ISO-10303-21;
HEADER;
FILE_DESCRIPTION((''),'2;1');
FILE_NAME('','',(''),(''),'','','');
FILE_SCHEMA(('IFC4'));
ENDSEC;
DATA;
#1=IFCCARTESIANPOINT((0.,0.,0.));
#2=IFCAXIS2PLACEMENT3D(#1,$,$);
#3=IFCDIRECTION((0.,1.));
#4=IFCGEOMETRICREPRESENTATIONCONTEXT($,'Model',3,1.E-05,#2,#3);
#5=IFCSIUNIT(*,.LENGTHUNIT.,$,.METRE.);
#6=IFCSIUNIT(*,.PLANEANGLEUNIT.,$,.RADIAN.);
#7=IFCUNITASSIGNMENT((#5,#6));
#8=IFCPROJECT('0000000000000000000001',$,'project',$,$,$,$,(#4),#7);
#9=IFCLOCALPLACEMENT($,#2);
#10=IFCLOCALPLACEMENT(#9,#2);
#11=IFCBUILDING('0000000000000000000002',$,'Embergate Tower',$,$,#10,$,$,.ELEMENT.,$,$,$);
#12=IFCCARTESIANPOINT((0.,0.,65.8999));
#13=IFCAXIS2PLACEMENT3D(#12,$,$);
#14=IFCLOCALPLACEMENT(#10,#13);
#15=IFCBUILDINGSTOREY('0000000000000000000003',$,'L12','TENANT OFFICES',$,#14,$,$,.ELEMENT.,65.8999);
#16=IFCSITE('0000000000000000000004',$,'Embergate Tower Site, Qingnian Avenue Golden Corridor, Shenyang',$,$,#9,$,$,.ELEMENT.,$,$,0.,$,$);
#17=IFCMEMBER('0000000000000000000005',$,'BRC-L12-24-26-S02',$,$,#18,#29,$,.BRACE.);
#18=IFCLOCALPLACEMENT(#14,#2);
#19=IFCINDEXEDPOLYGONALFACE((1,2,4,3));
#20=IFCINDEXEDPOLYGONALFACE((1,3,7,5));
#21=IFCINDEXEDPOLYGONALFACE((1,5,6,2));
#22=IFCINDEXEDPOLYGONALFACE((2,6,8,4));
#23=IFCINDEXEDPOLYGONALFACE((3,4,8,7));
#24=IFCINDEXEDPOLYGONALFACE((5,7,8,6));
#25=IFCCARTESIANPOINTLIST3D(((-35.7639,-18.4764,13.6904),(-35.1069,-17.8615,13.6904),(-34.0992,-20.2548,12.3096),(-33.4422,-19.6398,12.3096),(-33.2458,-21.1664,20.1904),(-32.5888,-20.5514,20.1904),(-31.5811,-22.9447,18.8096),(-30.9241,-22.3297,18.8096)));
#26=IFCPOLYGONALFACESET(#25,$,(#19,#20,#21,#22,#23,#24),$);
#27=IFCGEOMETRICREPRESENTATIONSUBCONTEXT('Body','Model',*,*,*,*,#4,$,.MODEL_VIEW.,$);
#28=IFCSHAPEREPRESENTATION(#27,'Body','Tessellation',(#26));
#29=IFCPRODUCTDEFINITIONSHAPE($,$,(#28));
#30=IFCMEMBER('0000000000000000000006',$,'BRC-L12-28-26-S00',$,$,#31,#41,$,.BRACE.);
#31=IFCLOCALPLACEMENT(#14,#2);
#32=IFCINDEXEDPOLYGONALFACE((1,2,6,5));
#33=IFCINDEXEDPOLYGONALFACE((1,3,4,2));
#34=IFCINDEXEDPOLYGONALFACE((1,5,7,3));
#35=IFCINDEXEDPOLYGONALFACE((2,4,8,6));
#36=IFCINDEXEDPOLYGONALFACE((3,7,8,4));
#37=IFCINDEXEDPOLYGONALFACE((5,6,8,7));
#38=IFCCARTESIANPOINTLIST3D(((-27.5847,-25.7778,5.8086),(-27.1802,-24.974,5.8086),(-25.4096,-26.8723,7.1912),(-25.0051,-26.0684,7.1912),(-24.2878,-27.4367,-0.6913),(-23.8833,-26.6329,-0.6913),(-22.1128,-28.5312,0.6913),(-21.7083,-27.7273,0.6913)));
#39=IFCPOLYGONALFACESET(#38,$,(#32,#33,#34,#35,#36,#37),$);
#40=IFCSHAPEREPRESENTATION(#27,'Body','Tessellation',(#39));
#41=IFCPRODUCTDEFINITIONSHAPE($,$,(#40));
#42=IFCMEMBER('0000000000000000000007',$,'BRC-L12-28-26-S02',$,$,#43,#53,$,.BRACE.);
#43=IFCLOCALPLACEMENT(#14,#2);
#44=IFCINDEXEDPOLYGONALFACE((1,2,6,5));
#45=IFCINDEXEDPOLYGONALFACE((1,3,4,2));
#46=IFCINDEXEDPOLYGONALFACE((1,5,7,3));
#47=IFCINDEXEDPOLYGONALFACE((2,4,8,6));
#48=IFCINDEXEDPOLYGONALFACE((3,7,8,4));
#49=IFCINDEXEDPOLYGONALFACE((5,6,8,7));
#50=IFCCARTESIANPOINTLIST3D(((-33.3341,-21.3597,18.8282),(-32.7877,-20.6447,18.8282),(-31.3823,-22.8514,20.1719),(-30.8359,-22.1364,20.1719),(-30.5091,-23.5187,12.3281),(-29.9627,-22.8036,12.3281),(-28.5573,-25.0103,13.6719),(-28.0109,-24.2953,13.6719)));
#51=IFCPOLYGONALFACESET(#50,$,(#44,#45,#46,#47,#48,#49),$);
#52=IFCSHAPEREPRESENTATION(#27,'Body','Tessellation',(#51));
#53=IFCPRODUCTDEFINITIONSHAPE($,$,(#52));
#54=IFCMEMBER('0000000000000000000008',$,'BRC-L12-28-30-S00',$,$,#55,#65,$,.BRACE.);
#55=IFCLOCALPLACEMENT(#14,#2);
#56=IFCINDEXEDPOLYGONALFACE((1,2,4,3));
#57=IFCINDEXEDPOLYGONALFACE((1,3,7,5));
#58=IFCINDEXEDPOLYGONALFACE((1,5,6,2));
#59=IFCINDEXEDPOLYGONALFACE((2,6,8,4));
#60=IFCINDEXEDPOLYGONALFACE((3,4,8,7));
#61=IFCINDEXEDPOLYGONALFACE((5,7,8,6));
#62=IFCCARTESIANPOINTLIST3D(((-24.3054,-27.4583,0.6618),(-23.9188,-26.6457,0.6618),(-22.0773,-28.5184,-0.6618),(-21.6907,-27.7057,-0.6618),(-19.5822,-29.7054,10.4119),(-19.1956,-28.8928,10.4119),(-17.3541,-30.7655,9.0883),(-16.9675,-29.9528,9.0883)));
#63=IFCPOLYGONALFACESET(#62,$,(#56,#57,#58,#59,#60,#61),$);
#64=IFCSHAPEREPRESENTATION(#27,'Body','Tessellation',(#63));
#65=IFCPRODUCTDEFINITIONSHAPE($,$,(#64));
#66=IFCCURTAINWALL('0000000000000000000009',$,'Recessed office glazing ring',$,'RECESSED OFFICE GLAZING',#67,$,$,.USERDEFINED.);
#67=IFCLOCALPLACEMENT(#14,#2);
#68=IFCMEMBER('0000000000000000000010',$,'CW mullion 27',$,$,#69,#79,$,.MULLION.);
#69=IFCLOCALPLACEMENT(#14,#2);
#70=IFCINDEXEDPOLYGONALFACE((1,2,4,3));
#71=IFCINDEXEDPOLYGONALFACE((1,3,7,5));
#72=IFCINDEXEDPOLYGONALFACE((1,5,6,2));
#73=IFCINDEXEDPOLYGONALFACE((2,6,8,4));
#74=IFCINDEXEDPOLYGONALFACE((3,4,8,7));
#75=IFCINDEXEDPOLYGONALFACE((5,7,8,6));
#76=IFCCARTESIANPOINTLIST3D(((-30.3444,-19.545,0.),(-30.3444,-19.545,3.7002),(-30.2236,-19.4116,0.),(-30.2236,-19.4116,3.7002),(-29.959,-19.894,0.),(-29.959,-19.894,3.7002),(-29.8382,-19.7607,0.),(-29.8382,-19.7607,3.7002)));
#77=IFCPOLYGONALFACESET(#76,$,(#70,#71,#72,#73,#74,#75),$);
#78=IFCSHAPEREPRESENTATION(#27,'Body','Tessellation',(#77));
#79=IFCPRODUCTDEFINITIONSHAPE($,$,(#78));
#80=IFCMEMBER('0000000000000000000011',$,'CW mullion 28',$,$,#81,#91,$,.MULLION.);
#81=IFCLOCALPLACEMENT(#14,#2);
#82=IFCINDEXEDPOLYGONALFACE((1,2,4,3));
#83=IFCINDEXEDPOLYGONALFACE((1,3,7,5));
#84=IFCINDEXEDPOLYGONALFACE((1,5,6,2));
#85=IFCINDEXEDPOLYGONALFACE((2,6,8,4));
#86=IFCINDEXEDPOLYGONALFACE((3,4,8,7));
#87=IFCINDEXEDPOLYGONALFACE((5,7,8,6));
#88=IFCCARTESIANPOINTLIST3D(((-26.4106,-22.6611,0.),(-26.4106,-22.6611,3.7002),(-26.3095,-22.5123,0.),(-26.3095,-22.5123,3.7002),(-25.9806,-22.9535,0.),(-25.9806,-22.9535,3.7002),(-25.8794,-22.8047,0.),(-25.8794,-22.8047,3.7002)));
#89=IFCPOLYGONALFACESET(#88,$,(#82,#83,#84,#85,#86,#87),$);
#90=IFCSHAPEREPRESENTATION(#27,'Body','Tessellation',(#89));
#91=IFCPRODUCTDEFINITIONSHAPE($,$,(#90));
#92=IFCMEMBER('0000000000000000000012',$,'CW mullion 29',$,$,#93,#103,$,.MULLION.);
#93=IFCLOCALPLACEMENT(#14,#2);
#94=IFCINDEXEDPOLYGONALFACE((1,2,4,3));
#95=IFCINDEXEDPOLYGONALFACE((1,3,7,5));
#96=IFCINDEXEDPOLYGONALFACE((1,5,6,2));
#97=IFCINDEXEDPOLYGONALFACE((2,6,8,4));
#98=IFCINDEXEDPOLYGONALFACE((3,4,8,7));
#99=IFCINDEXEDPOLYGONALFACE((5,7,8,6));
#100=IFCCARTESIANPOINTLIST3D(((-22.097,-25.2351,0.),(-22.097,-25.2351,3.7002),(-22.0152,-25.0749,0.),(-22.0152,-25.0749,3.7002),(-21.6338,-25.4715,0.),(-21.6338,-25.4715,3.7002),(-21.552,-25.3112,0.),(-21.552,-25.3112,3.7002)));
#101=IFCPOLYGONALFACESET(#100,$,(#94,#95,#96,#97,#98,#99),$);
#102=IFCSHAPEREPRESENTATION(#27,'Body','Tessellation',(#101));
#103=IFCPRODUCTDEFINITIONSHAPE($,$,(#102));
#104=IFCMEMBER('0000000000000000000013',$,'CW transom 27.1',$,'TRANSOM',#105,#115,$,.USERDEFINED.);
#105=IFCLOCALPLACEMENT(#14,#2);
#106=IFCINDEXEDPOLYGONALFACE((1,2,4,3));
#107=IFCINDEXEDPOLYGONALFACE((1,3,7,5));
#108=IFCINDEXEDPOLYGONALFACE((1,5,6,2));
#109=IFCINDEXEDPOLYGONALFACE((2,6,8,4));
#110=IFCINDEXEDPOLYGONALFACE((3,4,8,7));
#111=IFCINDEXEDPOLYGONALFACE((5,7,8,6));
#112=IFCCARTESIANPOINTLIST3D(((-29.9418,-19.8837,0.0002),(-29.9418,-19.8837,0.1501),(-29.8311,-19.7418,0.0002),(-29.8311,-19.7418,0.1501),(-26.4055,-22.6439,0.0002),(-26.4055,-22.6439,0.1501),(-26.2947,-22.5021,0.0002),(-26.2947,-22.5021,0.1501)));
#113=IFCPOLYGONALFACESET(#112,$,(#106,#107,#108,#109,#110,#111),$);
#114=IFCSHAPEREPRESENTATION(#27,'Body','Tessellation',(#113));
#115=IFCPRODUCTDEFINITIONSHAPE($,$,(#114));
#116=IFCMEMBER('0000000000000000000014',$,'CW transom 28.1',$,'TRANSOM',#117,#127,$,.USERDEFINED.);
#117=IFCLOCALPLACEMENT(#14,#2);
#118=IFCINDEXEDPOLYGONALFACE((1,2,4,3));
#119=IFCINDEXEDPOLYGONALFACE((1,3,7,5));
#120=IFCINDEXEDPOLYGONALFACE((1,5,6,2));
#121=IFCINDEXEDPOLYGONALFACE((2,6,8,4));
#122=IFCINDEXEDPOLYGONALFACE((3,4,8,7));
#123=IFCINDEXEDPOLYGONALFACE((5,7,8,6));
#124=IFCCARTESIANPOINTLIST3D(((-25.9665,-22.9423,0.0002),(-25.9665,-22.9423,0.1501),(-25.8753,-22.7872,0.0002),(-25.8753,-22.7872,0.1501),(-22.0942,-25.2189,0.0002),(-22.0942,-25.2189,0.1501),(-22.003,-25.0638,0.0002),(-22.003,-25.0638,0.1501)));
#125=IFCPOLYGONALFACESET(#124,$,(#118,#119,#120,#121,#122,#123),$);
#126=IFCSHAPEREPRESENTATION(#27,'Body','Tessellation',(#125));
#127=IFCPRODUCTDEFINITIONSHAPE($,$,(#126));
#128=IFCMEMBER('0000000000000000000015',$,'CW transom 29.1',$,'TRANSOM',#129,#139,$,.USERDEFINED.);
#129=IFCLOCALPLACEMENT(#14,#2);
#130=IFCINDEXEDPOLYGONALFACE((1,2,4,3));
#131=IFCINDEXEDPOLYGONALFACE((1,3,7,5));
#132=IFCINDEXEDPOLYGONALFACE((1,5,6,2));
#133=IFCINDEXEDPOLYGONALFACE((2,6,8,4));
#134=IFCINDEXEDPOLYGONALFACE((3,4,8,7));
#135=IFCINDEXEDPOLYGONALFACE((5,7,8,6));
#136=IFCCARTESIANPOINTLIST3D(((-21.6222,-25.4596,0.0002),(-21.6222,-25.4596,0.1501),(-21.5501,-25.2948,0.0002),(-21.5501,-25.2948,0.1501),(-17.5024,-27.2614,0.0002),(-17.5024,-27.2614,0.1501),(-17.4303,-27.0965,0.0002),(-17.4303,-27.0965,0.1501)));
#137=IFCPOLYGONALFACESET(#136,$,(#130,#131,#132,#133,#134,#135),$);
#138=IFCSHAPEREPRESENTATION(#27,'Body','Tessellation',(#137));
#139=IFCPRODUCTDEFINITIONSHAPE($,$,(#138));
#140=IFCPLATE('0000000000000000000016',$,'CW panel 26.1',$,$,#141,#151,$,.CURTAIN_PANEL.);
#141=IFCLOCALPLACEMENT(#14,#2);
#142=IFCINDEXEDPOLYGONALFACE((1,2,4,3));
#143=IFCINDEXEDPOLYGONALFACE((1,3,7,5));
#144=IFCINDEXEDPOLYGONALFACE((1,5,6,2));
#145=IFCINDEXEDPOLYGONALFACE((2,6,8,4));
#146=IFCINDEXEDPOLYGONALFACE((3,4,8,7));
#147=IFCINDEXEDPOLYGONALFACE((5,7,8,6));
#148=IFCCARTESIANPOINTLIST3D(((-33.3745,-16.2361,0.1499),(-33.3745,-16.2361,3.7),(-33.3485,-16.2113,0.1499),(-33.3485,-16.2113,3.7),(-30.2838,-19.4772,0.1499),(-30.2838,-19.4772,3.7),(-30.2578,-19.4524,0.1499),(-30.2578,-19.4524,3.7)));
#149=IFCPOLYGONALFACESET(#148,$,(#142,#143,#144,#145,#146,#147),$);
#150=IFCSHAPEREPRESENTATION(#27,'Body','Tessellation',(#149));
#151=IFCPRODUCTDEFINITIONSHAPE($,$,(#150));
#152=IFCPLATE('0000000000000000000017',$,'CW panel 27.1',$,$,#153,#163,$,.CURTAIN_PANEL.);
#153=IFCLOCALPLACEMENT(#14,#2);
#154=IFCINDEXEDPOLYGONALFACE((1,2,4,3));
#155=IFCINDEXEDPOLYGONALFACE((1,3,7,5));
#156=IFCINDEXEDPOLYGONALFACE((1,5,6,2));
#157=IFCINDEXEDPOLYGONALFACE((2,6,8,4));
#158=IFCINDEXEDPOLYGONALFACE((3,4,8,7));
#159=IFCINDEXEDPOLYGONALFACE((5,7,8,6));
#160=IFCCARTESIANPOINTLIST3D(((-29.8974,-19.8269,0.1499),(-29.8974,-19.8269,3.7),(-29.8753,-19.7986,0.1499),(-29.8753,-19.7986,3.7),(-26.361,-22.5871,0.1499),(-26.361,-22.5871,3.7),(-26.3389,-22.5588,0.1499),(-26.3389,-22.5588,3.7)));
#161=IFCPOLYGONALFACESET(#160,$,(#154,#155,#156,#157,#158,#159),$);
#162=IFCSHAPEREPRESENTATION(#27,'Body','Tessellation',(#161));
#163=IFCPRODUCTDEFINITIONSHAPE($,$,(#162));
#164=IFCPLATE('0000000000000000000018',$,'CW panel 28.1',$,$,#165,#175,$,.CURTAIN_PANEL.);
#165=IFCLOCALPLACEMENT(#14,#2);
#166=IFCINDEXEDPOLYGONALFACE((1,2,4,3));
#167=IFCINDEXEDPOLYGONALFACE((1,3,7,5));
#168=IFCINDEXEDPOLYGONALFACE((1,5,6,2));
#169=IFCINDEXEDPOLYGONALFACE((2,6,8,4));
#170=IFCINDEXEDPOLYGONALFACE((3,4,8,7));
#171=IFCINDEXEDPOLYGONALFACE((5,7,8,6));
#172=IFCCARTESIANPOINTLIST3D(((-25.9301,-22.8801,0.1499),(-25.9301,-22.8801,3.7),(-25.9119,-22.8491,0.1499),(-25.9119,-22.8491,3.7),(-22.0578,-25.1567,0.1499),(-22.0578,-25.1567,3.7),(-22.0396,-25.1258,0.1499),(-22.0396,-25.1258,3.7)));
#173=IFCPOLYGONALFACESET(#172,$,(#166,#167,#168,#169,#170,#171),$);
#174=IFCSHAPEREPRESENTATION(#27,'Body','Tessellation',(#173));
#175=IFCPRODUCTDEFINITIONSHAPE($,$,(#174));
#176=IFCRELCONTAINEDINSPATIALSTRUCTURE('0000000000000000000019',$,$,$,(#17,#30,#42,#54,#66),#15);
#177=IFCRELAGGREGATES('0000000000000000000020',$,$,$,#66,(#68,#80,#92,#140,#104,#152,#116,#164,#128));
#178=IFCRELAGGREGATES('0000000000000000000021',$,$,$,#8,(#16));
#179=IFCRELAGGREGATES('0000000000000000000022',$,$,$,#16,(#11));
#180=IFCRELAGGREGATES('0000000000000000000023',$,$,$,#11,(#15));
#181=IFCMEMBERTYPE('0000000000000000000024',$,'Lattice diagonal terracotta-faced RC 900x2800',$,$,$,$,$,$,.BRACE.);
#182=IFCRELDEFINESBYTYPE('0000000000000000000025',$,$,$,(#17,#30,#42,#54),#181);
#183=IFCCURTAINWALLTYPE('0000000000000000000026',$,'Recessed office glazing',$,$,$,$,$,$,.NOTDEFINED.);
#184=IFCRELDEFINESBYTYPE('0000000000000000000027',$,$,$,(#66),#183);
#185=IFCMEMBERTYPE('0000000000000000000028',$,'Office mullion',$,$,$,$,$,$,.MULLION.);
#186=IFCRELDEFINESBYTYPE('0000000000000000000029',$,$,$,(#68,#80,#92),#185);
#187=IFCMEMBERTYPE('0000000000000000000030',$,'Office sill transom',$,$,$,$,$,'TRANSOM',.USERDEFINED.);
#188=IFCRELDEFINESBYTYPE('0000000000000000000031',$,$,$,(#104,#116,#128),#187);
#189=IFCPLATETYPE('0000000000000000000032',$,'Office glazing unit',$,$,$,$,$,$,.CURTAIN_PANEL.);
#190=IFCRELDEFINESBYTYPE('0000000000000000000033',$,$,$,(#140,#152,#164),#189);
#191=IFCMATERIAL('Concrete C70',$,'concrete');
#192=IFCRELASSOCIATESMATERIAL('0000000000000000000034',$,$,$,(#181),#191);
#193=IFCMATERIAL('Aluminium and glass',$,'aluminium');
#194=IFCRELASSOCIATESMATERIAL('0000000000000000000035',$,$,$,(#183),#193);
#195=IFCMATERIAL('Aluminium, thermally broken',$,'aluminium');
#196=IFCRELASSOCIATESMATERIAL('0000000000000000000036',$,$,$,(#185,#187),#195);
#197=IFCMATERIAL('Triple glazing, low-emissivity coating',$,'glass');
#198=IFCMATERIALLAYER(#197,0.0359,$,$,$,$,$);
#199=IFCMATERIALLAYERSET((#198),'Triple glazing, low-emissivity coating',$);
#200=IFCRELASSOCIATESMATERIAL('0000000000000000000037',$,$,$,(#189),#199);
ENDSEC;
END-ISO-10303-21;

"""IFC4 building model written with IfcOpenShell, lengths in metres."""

from ifc_helpers import new_model, si_unit, direction, frame, origin, origin_2d, place, context, subcontext, project, spatial, rectangle, extrude, source, transform, mapped, material, layer, layer_set, material_profile, profile_set, type_object, element, aggregate, save


model = new_model("IFC4")

# Units and contexts
model_context = context("Model", 3, precision=1e-05, world=origin(), true_north=direction((0.0, 1.0)))
body_context = subcontext(model_context, "Body", "Model", "MODEL_VIEW")
ifc_project = project(units=[si_unit("LENGTHUNIT", "METRE"), si_unit("PLANEANGLEUNIT", "RADIAN")], contexts=[model_context])

# Site, building, storey
site_placement = place(None, origin())
site = spatial("IfcSite", under=ifc_project, at=site_placement, Name="Embergate Tower Site, Qingnian Avenue Golden Corridor, Shenyang", CompositionType="ELEMENT", RefElevation=0.0)
building_placement = place(site_placement, origin())
building = spatial("IfcBuilding", under=site, at=building_placement, Name="Embergate Tower", CompositionType="ELEMENT")
storey_placement = place(building_placement, frame((0.0, 0.0, 65.8999)))
storey = spatial("IfcBuildingStorey", under=building, at=storey_placement, Name="L12", Description="TENANT OFFICES", CompositionType="ELEMENT", Elevation=65.8999)

# Shared definitions
ifc_material_1 = material(Name="Concrete C70", Category="concrete")

# Members
ifc_material_profile_1 = material_profile(ifc_material_1, rectangle(XDim=0.8999, YDim=2.8, at=origin_2d()), Name="RC 900x2800")
ifc_profile_set_1 = profile_set([ifc_material_profile_1], Name="Concrete C70")
member_type_1 = type_object("IfcMemberType", Name="Lattice diagonal terracotta-faced RC 900x2800", PredefinedType="BRACE", material=ifc_profile_set_1)
shared_shape_1 = source(origin(), body_context, "Body", "SweptSolid", [
    extrude(rectangle(XDim=0.8999, YDim=2.8, at=origin_2d()), origin(), (0.0, 0.0, 1.0), 7.4717),
])
member_1_placement = place(storey_placement, frame((-34.603, -19.0581, 13.0), z_axis=(0.337013, -0.360017, 0.869948), x_axis=(0.730045, 0.683399, 0.0)))
element("IfcMember", 1, at=member_1_placement, inside=storey, type_object=member_type_1, Name="BRC-L12-24-26-S02", PredefinedType="BRACE", context=body_context, shape_type="MappedRepresentation", body=[
    mapped(shared_shape_1, transform((0.0, 0.0, 0.0))),
])
shared_shape_2 = source(origin(), body_context, "Body", "SweptSolid", [
    extrude(rectangle(XDim=0.8999, YDim=2.8, at=origin_2d()), origin(), (0.0, 0.0, 1.0), 7.4746),
])
member_2_placement = place(storey_placement, frame((-22.998, -27.582, 0.0), z_axis=(-0.44107, 0.221939, 0.869598), x_axis=(-0.449488, -0.893287, 0.0)))
element("IfcMember", 2, at=member_2_placement, inside=storey, type_object=member_type_1, Name="BRC-L12-28-26-S00", PredefinedType="BRACE", context=body_context, shape_type="MappedRepresentation", body=[
    mapped(shared_shape_2, transform((0.0, 0.0, 0.0))),
])
shared_shape_3 = source(origin(), body_context, "Body", "SweptSolid", [
    extrude(rectangle(XDim=0.8999, YDim=2.8, at=origin_2d()), origin(), (0.0, 0.0, 1.0), 7.4089),
])
member_3_placement = place(storey_placement, frame((-29.26, -23.907, 13.0), z_axis=(-0.381293, 0.291399, 0.877327), x_axis=(-0.607216, -0.794537, 0.0)))
element("IfcMember", 3, at=member_3_placement, inside=storey, type_object=member_type_1, Name="BRC-L12-28-26-S02", PredefinedType="BRACE", context=body_context, shape_type="MappedRepresentation", body=[
    mapped(shared_shape_3, transform((0.0, 0.0, 0.0))),
])
shared_shape_4 = source(origin(), body_context, "Body", "SweptSolid", [
    extrude(rectangle(XDim=0.8999, YDim=2.8, at=origin_2d()), origin(), (0.0, 0.0, 1.0), 11.0645),
])
member_4_placement = place(storey_placement, frame((-22.998, -27.582, 0.0), z_axis=(0.426879, -0.203091, 0.881208), x_axis=(0.429615, 0.903012, 0.0)))
element("IfcMember", 4, at=member_4_placement, inside=storey, type_object=member_type_1, Name="BRC-L12-28-30-S00", PredefinedType="BRACE", context=body_context, shape_type="MappedRepresentation", body=[
    mapped(shared_shape_4, transform((0.0, 0.0, 0.0))),
])

# Curtain wall, members, plates
ifc_material_2 = material(Name="Aluminium and glass", Category="aluminium")
curtain_wall_type = type_object("IfcCurtainWallType", Name="Recessed office glazing", PredefinedType="NOTDEFINED", material=ifc_material_2)
curtain_wall_placement = place(storey_placement, origin())
curtain_wall = element("IfcCurtainWall", 5, at=curtain_wall_placement, inside=storey, type_object=curtain_wall_type, Name="Recessed office glazing ring", ObjectType="RECESSED OFFICE GLAZING", PredefinedType="USERDEFINED")
ifc_material_3 = material(Name="Aluminium, thermally broken", Category="aluminium")
ifc_material_profile_2 = material_profile(ifc_material_3, rectangle(XDim=0.1799, YDim=0.52, at=origin_2d()), Name="AL 520x180")
ifc_profile_set_2 = profile_set([ifc_material_profile_2], Name="Aluminium, thermally broken")
member_type_2 = type_object("IfcMemberType", Name="Office mullion", PredefinedType="MULLION", material=ifc_profile_set_2)
shared_shape_5 = source(origin(), body_context, "Body", "SweptSolid", [
    extrude(rectangle(XDim=0.1799, YDim=0.52, at=origin_2d()), origin(), (0.0, 0.0, 1.0), 3.7002),
])
member_5_placement = place(storey_placement, frame((-30.0913, -19.6528, 0.0), z_axis=(0.0, 0.0, 1.0), x_axis=(0.671239, 0.741241, 0.0)))
member_5 = element("IfcMember", 6, at=member_5_placement, type_object=member_type_2, Name="CW mullion 27", PredefinedType="MULLION", context=body_context, shape_type="MappedRepresentation", body=[
    mapped(shared_shape_5, transform((0.0, 0.0, 0.0))),
])
member_6_placement = place(storey_placement, frame((-26.145, -22.7329, 0.0), z_axis=(0.0, 0.0, 1.0), x_axis=(0.562229, 0.826981, 0.0)))
member_6 = element("IfcMember", 7, at=member_6_placement, type_object=member_type_2, Name="CW mullion 28", PredefinedType="MULLION", context=body_context, shape_type="MappedRepresentation", body=[
    mapped(shared_shape_5, transform((0.0, 0.0, 0.0))),
])
member_7_placement = place(storey_placement, frame((-21.8245, -25.2732, 0.0), z_axis=(0.0, 0.0, 1.0), x_axis=(0.454521, 0.890736, 0.0)))
member_7 = element("IfcMember", 8, at=member_7_placement, type_object=member_type_2, Name="CW mullion 29", PredefinedType="MULLION", context=body_context, shape_type="MappedRepresentation", body=[
    mapped(shared_shape_5, transform((0.0, 0.0, 0.0))),
])
ifc_material_profile_3 = material_profile(ifc_material_3, rectangle(XDim=0.1799, YDim=0.1499, at=origin_2d()), Name="AL 150x180")
ifc_profile_set_3 = profile_set([ifc_material_profile_3], Name="Aluminium, thermally broken")
member_type_3 = type_object("IfcMemberType", Name="Office sill transom", ElementType="TRANSOM", PredefinedType="USERDEFINED", material=ifc_profile_set_3)
shared_shape_6 = source(origin(), body_context, "Body", "SweptSolid", [
    extrude(rectangle(XDim=0.1799, YDim=0.1499, at=origin_2d()), origin(), (0.0, 0.0, 1.0), 4.4861),
])
member_8_placement = place(storey_placement, frame((-29.8865, -19.8127, 0.0752), z_axis=(0.788299, -0.615292, 0.0), x_axis=(0.615292, 0.788299, 0.0)))
member_8 = element("IfcMember", 9, at=member_8_placement, type_object=member_type_3, Name="CW transom 27.1", ObjectType="TRANSOM", PredefinedType="USERDEFINED", context=body_context, shape_type="MappedRepresentation", body=[
    mapped(shared_shape_6, transform((0.0, 0.0, 0.0))),
])
shared_shape_7 = source(origin(), body_context, "Body", "SweptSolid", [
    extrude(rectangle(XDim=0.1799, YDim=0.1499, at=origin_2d()), origin(), (0.0, 0.0, 1.0), 4.4919),
])
member_9_placement = place(storey_placement, frame((-25.9209, -22.8647, 0.0752), z_axis=(0.862053, -0.506818, 0.0), x_axis=(0.506818, 0.862053, 0.0)))
member_9 = element("IfcMember", 10, at=member_9_placement, type_object=member_type_3, Name="CW transom 28.1", ObjectType="TRANSOM", PredefinedType="USERDEFINED", context=body_context, shape_type="MappedRepresentation", body=[
    mapped(shared_shape_7, transform((0.0, 0.0, 0.0))),
])
shared_shape_8 = source(origin(), body_context, "Body", "SweptSolid", [
    extrude(rectangle(XDim=0.1799, YDim=0.1499, at=origin_2d()), origin(), (0.0, 0.0, 1.0), 4.4966),
])
member_10_placement = place(storey_placement, frame((-21.5862, -25.3772, 0.0752), z_axis=(0.916213, -0.400691, 0.0), x_axis=(0.400691, 0.916213, 0.0)))
member_10 = element("IfcMember", 11, at=member_10_placement, type_object=member_type_3, Name="CW transom 29.1", ObjectType="TRANSOM", PredefinedType="USERDEFINED", context=body_context, shape_type="MappedRepresentation", body=[
    mapped(shared_shape_8, transform((0.0, 0.0, 0.0))),
])
ifc_material_4 = material(Name="Triple glazing, low-emissivity coating", Category="glass")
ifc_layer = layer(ifc_material_4, 0.0359)
ifc_layer_set = layer_set([ifc_layer], Name="Triple glazing, low-emissivity coating")
plate_type = type_object("IfcPlateType", Name="Office glazing unit", PredefinedType="CURTAIN_PANEL", material=ifc_layer_set)
shared_shape_9 = source(origin(), body_context, "Body", "SweptSolid", [
    extrude(rectangle(XDim=4.4785, YDim=0.0359, at=origin_2d()), origin(), (0.0, 0.0, 1.0), 3.55),
])
plate_1_placement = place(storey_placement, frame((-31.8162, -17.8442, 0.1499), z_axis=(0.0, 0.0, 1.0), x_axis=(0.690125, -0.72369, 0.0)))
plate_1 = element("IfcPlate", 12, at=plate_1_placement, type_object=plate_type, Name="CW panel 26.1", PredefinedType="CURTAIN_PANEL", context=body_context, shape_type="MappedRepresentation", body=[
    mapped(shared_shape_9, transform((0.0, 0.0, 0.0))),
])
shared_shape_10 = source(origin(), body_context, "Body", "SweptSolid", [
    extrude(rectangle(XDim=4.4861, YDim=0.0359, at=origin_2d()), origin(), (0.0, 0.0, 1.0), 3.55),
])
plate_2_placement = place(storey_placement, frame((-28.1182, -21.1929, 0.1499), z_axis=(0.0, 0.0, 1.0), x_axis=(0.788313, -0.615275, 0.0)))
plate_2 = element("IfcPlate", 13, at=plate_2_placement, type_object=plate_type, Name="CW panel 27.1", PredefinedType="CURTAIN_PANEL", context=body_context, shape_type="MappedRepresentation", body=[
    mapped(shared_shape_10, transform((0.0, 0.0, 0.0))),
])
shared_shape_11 = source(origin(), body_context, "Body", "SweptSolid", [
    extrude(rectangle(XDim=4.4919, YDim=0.0359, at=origin_2d()), origin(), (0.0, 0.0, 1.0), 3.55),
])
plate_3_placement = place(storey_placement, frame((-23.9849, -24.0029, 0.1499), z_axis=(0.0, 0.0, 1.0), x_axis=(0.862048, -0.506827, 0.0)))
plate_3 = element("IfcPlate", 14, at=plate_3_placement, type_object=plate_type, Name="CW panel 28.1", PredefinedType="CURTAIN_PANEL", context=body_context, shape_type="MappedRepresentation", body=[
    mapped(shared_shape_11, transform((0.0, 0.0, 0.0))),
])
aggregate(curtain_wall, [member_5, member_6, member_7, plate_1, member_8, plate_2, member_9, plate_3, member_10])

save(model, "model.ifc")
